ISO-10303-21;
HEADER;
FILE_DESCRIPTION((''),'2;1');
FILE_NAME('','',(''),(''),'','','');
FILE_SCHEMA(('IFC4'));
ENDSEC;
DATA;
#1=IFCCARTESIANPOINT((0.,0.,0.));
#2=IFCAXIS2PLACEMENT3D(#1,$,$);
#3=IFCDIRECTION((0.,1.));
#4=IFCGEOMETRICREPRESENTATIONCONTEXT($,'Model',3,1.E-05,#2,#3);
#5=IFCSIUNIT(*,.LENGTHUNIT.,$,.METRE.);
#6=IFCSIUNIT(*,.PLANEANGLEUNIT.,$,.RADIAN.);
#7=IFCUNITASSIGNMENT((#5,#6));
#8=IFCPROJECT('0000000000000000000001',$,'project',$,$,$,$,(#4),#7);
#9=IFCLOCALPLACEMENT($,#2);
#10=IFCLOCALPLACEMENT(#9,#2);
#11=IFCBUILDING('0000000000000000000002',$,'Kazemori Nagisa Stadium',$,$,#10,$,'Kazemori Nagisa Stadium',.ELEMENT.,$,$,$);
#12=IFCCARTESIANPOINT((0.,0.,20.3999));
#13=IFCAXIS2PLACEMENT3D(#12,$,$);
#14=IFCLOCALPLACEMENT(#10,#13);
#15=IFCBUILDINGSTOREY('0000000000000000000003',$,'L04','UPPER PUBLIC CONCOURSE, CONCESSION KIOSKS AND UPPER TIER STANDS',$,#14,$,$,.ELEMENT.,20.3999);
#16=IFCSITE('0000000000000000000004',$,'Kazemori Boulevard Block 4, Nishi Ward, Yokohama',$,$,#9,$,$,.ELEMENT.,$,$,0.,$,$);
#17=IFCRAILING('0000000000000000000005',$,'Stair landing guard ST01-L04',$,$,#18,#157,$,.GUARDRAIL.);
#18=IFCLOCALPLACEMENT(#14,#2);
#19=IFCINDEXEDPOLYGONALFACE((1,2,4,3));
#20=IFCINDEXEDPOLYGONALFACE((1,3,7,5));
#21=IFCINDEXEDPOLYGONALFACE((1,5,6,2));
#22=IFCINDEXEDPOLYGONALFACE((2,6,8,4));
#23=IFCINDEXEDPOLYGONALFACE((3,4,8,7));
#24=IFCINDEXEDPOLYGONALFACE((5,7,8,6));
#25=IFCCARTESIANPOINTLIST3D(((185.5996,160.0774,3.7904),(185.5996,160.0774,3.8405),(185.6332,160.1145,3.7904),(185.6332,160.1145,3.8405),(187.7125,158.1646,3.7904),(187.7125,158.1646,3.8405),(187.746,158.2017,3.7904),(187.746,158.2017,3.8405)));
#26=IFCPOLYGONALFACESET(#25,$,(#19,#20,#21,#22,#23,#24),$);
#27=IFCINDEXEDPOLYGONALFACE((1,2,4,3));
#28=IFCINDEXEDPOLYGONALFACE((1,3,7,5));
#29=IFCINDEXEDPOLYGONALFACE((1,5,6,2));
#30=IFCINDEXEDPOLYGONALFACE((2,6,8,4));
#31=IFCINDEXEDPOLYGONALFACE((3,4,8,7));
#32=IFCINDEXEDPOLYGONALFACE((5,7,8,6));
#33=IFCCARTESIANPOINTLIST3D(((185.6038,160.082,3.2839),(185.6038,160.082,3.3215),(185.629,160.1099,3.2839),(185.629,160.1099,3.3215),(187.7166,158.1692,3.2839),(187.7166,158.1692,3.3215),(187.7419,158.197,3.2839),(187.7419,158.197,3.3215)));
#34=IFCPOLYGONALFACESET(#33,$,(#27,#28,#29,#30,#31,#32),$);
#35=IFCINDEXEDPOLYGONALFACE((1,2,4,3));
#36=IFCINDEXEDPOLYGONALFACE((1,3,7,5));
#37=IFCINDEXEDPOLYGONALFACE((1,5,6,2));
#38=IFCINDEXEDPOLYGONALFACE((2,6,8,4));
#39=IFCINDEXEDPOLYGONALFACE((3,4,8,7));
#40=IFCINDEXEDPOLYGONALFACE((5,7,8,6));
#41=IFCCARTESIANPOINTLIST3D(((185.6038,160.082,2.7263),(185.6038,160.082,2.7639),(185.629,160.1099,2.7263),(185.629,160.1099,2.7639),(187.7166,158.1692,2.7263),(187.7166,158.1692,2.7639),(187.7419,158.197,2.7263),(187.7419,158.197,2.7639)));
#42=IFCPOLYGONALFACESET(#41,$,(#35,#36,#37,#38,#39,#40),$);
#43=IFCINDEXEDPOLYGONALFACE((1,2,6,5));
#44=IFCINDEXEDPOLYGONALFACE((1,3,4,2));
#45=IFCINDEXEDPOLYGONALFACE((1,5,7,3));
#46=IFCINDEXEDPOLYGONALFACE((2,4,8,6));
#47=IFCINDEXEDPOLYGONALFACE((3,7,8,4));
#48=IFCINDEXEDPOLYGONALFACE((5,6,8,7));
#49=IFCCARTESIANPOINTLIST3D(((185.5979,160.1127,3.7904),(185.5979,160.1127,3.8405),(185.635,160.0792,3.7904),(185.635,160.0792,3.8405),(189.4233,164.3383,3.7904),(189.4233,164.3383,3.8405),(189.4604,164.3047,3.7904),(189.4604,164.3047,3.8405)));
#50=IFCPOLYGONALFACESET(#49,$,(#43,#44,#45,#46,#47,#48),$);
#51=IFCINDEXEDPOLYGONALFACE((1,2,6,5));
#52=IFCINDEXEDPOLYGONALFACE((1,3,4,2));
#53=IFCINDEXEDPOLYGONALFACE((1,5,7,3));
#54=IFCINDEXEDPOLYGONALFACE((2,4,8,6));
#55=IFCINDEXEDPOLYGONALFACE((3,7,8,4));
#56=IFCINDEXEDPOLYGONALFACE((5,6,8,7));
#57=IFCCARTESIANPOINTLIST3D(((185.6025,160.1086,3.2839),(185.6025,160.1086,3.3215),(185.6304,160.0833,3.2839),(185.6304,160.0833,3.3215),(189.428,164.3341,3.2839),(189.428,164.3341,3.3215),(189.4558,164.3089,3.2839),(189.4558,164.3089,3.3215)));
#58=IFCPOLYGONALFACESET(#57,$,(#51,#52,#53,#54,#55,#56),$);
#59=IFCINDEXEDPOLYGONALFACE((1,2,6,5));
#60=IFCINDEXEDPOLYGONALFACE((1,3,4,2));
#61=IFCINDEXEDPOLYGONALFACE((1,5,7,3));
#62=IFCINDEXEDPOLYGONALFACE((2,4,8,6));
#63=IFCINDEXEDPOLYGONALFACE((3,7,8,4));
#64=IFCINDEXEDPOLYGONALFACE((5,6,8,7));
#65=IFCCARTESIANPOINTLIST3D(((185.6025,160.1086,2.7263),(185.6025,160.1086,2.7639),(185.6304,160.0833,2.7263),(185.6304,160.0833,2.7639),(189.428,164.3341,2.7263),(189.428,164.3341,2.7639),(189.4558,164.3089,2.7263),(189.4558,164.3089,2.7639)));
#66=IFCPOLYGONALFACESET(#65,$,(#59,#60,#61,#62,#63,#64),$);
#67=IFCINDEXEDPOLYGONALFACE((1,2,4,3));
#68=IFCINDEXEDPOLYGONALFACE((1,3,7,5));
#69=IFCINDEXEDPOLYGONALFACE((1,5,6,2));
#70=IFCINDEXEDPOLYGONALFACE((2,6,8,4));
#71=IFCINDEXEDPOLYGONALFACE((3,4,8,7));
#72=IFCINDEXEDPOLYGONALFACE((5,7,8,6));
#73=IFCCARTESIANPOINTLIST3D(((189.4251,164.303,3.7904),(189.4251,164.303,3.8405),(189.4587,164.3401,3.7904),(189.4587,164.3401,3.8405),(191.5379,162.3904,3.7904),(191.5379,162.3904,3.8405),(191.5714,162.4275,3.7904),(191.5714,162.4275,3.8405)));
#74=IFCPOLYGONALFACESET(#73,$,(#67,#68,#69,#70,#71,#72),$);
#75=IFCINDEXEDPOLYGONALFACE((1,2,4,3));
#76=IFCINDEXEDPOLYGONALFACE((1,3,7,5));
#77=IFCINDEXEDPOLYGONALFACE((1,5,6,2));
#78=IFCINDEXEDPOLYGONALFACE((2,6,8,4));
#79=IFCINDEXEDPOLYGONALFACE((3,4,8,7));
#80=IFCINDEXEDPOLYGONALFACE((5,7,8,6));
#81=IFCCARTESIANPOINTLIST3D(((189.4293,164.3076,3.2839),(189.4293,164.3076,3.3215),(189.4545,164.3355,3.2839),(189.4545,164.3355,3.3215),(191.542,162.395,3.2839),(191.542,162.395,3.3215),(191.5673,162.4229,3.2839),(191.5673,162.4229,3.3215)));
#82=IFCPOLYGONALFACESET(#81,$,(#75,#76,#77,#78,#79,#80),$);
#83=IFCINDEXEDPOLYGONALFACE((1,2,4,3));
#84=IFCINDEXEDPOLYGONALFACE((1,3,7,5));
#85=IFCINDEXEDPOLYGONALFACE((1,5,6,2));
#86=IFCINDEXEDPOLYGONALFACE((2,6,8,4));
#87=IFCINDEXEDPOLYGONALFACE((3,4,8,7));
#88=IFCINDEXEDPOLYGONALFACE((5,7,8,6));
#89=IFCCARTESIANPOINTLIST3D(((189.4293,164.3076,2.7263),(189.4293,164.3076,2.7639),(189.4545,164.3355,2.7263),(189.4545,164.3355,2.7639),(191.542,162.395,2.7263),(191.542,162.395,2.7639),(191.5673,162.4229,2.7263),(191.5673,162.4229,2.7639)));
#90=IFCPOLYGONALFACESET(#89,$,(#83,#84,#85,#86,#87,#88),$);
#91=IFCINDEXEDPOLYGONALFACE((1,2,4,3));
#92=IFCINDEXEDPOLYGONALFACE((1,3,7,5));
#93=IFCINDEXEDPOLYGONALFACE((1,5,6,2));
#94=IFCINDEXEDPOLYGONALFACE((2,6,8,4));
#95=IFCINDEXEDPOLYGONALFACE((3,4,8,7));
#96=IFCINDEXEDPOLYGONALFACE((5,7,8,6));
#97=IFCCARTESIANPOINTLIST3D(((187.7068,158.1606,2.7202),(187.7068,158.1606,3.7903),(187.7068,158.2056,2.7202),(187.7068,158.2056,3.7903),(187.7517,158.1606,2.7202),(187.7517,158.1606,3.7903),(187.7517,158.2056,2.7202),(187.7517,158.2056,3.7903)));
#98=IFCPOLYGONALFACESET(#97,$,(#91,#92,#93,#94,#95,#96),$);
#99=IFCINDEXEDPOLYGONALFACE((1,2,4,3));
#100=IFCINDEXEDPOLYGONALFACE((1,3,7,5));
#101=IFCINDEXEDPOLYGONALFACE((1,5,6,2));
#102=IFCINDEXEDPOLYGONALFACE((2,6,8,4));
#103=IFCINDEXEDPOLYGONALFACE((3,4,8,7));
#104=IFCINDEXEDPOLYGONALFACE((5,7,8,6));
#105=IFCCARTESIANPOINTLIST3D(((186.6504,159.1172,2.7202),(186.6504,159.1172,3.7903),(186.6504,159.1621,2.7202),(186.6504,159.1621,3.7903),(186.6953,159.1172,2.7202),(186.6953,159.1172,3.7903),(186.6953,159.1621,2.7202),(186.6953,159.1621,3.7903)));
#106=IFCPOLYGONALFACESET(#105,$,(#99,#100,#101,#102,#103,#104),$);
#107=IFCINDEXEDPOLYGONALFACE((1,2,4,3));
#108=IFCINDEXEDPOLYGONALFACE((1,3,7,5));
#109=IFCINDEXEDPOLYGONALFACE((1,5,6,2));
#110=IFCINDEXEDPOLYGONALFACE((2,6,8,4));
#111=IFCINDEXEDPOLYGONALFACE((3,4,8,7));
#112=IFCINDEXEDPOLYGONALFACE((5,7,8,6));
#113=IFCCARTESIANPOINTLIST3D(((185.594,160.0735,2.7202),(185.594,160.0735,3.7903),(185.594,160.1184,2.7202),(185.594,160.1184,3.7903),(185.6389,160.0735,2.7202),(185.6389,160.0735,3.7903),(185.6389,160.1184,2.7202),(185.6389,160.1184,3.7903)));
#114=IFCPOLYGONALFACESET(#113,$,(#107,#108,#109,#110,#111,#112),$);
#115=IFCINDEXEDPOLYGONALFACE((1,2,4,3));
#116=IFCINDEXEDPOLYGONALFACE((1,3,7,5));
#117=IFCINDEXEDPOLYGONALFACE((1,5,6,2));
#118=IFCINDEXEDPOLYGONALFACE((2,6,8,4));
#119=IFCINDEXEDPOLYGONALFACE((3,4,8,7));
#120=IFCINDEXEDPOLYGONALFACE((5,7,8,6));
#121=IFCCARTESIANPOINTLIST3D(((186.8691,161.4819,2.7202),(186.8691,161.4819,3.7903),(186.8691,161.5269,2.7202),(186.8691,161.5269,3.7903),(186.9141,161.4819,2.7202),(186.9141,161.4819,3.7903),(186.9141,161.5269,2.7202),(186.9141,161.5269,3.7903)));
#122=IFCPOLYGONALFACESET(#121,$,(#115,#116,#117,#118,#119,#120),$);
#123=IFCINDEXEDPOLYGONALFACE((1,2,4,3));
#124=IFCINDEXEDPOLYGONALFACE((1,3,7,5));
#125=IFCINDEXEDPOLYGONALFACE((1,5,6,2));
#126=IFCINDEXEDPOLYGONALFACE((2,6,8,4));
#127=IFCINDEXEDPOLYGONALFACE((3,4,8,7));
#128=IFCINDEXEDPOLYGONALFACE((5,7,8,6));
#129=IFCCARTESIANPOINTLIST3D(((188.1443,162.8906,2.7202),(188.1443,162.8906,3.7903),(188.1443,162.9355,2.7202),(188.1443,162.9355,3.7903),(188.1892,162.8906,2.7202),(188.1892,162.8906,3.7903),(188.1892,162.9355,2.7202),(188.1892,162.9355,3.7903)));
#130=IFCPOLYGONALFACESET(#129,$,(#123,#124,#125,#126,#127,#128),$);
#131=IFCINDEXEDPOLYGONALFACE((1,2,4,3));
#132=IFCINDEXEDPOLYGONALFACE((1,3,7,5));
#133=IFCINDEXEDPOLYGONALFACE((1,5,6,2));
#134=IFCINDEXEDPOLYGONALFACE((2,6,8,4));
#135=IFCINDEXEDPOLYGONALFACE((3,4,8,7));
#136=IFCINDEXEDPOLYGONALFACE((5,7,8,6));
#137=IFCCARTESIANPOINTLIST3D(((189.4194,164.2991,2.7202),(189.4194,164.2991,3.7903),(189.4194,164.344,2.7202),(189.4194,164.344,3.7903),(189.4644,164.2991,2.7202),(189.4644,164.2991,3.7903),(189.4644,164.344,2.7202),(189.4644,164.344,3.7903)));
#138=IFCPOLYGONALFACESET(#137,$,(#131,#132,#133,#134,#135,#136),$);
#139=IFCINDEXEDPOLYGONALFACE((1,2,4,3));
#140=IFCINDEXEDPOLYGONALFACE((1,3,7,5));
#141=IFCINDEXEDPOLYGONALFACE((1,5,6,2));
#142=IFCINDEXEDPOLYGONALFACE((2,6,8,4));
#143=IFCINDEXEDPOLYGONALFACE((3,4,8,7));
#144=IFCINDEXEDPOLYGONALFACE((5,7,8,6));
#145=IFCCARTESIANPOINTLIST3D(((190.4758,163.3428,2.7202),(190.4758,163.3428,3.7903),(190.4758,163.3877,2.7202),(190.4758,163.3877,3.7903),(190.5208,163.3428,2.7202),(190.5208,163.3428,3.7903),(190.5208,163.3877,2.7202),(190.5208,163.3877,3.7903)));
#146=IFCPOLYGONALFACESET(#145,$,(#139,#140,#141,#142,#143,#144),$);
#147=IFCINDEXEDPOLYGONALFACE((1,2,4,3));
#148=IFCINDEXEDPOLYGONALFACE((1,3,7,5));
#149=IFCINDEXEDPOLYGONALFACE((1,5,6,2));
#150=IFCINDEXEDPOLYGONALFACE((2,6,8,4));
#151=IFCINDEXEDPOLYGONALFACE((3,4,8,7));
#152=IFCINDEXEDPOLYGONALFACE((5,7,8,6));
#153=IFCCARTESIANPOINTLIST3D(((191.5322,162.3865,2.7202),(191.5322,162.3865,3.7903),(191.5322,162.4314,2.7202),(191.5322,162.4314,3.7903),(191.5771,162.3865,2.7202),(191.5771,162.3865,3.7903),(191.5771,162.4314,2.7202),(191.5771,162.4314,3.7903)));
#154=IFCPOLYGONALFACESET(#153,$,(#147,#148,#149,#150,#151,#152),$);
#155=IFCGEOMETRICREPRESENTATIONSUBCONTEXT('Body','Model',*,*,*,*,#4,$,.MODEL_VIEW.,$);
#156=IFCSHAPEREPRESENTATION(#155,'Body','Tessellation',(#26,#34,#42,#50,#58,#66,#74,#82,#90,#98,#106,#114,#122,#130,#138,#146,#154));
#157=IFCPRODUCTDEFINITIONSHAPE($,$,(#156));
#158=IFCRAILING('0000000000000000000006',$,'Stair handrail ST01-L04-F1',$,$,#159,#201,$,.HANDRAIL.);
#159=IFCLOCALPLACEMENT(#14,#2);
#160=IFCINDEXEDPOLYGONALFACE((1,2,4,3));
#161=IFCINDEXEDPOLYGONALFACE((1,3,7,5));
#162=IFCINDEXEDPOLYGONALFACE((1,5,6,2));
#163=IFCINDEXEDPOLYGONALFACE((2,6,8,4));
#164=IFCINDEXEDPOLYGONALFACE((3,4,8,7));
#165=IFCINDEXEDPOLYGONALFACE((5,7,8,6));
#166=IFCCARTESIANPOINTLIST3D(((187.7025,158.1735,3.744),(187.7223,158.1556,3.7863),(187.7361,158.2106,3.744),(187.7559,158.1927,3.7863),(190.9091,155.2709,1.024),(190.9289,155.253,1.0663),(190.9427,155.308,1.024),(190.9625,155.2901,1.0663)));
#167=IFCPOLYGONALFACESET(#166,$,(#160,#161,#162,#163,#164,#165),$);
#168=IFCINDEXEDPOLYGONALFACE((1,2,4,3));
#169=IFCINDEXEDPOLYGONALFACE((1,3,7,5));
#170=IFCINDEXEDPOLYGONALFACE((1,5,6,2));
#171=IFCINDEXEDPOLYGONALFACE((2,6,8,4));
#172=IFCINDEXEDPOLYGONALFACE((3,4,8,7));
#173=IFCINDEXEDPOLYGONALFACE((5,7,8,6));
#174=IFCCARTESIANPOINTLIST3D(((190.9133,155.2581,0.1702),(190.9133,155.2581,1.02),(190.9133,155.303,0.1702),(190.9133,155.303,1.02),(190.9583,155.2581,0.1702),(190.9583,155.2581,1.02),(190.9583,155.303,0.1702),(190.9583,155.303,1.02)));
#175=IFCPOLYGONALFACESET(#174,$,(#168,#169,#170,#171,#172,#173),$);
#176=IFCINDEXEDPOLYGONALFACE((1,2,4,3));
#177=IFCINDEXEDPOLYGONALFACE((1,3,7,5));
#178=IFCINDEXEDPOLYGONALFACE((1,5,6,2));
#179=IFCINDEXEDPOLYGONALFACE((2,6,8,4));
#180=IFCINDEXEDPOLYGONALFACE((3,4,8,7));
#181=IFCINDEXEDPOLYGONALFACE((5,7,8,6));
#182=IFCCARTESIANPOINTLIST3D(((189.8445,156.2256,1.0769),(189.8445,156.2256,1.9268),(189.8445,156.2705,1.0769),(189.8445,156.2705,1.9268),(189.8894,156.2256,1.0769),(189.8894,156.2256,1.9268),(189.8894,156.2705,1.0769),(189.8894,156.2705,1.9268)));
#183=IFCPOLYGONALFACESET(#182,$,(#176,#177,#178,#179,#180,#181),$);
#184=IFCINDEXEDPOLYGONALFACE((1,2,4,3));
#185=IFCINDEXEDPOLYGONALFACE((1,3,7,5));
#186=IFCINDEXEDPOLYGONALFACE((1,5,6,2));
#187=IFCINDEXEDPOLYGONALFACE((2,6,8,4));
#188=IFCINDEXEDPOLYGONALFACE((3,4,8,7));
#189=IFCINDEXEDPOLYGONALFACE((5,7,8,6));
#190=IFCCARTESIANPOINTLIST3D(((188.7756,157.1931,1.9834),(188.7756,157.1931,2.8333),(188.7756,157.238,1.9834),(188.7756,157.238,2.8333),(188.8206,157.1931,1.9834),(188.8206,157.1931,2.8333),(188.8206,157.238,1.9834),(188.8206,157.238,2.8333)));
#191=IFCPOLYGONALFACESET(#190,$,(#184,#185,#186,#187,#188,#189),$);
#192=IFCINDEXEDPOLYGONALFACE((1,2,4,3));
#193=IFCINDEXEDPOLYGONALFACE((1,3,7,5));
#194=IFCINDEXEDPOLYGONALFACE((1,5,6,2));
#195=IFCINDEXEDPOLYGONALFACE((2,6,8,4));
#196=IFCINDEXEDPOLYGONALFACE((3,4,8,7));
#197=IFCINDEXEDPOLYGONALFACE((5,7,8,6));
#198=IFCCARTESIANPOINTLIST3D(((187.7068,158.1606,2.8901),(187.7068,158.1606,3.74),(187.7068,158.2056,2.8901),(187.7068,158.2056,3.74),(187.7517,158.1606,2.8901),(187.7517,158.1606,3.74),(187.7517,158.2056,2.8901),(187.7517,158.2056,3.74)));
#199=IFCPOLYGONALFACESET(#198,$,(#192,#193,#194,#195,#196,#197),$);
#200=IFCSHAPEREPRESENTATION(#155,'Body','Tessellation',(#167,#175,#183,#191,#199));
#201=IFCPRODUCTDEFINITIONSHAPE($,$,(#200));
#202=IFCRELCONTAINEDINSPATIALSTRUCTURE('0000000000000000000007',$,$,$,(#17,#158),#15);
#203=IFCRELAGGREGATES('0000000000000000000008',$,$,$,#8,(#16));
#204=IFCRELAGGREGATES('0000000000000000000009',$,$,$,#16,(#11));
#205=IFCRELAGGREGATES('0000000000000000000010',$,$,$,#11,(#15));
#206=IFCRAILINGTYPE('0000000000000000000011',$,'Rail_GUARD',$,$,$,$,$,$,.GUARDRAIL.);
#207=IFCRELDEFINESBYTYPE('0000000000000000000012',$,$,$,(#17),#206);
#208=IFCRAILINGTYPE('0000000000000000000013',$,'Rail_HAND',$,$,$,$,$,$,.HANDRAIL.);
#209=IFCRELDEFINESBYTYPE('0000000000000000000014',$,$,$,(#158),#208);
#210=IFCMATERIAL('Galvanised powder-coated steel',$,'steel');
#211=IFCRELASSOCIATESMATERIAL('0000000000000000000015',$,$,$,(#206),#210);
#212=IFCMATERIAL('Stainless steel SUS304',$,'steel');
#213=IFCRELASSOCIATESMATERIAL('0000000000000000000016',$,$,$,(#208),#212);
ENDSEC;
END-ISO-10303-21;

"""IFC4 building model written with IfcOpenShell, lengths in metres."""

from ifc_helpers import new_model, si_unit, direction, frame, origin, origin_2d, place, context, subcontext, project, spatial, rectangle, extrude, material, type_object, element, save


model = new_model("IFC4")

# Units and contexts
model_context = context("Model", 3, precision=1e-05, world=origin(), true_north=direction((0.0, 1.0)))
body_context = subcontext(model_context, "Body", "Model", "MODEL_VIEW")
ifc_project = project(units=[si_unit("LENGTHUNIT", "METRE"), si_unit("PLANEANGLEUNIT", "RADIAN")], contexts=[model_context])

# Site, building, storey
site_placement = place(None, origin())
site = spatial("IfcSite", under=ifc_project, at=site_placement, Name="Kazemori Boulevard Block 4, Nishi Ward, Yokohama", CompositionType="ELEMENT", RefElevation=0.0)
building_placement = place(site_placement, origin())
building = spatial("IfcBuilding", under=site, at=building_placement, Name="Kazemori Nagisa Stadium", LongName="Kazemori Nagisa Stadium", CompositionType="ELEMENT")
storey_placement = place(building_placement, frame((0.0, 0.0, 20.3999)))
storey = spatial("IfcBuildingStorey", under=building, at=storey_placement, Name="L04", Description="UPPER PUBLIC CONCOURSE, CONCESSION KIOSKS AND UPPER TIER STANDS", CompositionType="ELEMENT", Elevation=20.3999)

# Railings
ifc_material_1 = material(Name="Galvanised powder-coated steel", Category="steel")
railing_type_1 = type_object("IfcRailingType", Name="Rail_GUARD", PredefinedType="GUARDRAIL", material=ifc_material_1)
railing_1_placement = place(storey_placement, frame((187.7292, 158.1831, 2.7202)))
element("IfcRailing", 1, at=railing_1_placement, inside=storey, type_object=railing_type_1, Name="Stair landing guard ST01-L04", PredefinedType="GUARDRAIL", context=body_context, shape_type="SweptSolid", body=[
    extrude(rectangle(XDim=0.05, YDim=0.05, at=origin_2d()), frame((0.0, 0.0, 1.0952), z_axis=(-0.741315, 0.671158, 0.0), x_axis=(-0.671158, -0.741315, 0.0)), (0.0, 0.0, 1.0), 2.8501),
    extrude(rectangle(XDim=0.0376, YDim=0.0376, at=origin_2d()), frame((0.0, 0.0, 0.5825), z_axis=(-0.741315, 0.671158, 0.0), x_axis=(-0.671158, -0.741315, 0.0)), (0.0, 0.0, 1.0), 2.8501),
    extrude(rectangle(XDim=0.0376, YDim=0.0376, at=origin_2d()), frame((0.0, 0.0, 0.0249), z_axis=(-0.741315, 0.671158, 0.0), x_axis=(-0.671158, -0.741315, 0.0)), (0.0, 0.0, 1.0), 2.8501),
    extrude(rectangle(XDim=0.05, YDim=0.05, at=origin_2d()), frame((-2.1128, 1.9128, 1.0952), z_axis=(0.671134, 0.741336, 0.0), x_axis=(-0.741336, 0.671134, 0.0)), (0.0, 0.0, 1.0), 5.7),
    extrude(rectangle(XDim=0.0376, YDim=0.0376, at=origin_2d()), frame((-2.1128, 1.9128, 0.5825), z_axis=(0.671134, 0.741336, 0.0), x_axis=(-0.741336, 0.671134, 0.0)), (0.0, 0.0, 1.0), 5.7),
    extrude(rectangle(XDim=0.0376, YDim=0.0376, at=origin_2d()), frame((-2.1128, 1.9128, 0.0249), z_axis=(0.671134, 0.741336, 0.0), x_axis=(-0.741336, 0.671134, 0.0)), (0.0, 0.0, 1.0), 5.7),
    extrude(rectangle(XDim=0.05, YDim=0.05, at=origin_2d()), frame((1.7126, 6.1384, 1.0952), z_axis=(0.741357, -0.671111, 0.0), x_axis=(0.671111, 0.741357, 0.0)), (0.0, 0.0, 1.0), 2.8499),
    extrude(rectangle(XDim=0.0376, YDim=0.0376, at=origin_2d()), frame((1.7126, 6.1384, 0.5825), z_axis=(0.741357, -0.671111, 0.0), x_axis=(0.671111, 0.741357, 0.0)), (0.0, 0.0, 1.0), 2.8499),
    extrude(rectangle(XDim=0.0376, YDim=0.0376, at=origin_2d()), frame((1.7126, 6.1384, 0.0249), z_axis=(0.741357, -0.671111, 0.0), x_axis=(0.671111, 0.741357, 0.0)), (0.0, 0.0, 1.0), 2.8499),
    extrude(rectangle(XDim=0.0449, YDim=0.0449, at=origin_2d()), origin(), (0.0, 0.0, 1.0), 1.0701),
    extrude(rectangle(XDim=0.0449, YDim=0.0449, at=origin_2d()), frame((-1.0564, 0.9565, 0.0)), (0.0, 0.0, 1.0), 1.0701),
    extrude(rectangle(XDim=0.0449, YDim=0.0449, at=origin_2d()), frame((-2.1128, 1.9128, 0.0)), (0.0, 0.0, 1.0), 1.0701),
    extrude(rectangle(XDim=0.0449, YDim=0.0449, at=origin_2d()), frame((-0.8376, 3.3213, 0.0)), (0.0, 0.0, 1.0), 1.0701),
    extrude(rectangle(XDim=0.0449, YDim=0.0449, at=origin_2d()), frame((0.4375, 4.73, 0.0)), (0.0, 0.0, 1.0), 1.0701),
    extrude(rectangle(XDim=0.0449, YDim=0.0449, at=origin_2d()), frame((1.7126, 6.1384, 0.0)), (0.0, 0.0, 1.0), 1.0701),
    extrude(rectangle(XDim=0.0449, YDim=0.0449, at=origin_2d()), frame((2.769, 5.1821, 0.0)), (0.0, 0.0, 1.0), 1.0701),
    extrude(rectangle(XDim=0.0449, YDim=0.0449, at=origin_2d()), frame((3.8254, 4.2258, 0.0)), (0.0, 0.0, 1.0), 1.0701),
])
ifc_material_2 = material(Name="Stainless steel SUS304", Category="steel")
railing_type_2 = type_object("IfcRailingType", Name="Rail_HAND", PredefinedType="HANDRAIL", material=ifc_material_2)
railing_2_placement = place(storey_placement, frame((190.9358, 155.2805, 0.1702)))
element("IfcRailing", 2, at=railing_2_placement, inside=storey, type_object=railing_type_2, Name="Stair handrail ST01-L04-F1", PredefinedType="HANDRAIL", context=body_context, shape_type="SweptSolid", body=[
    extrude(rectangle(XDim=0.05, YDim=0.05, at=origin_2d()), frame((0.0, 0.0, 0.875), z_axis=(-0.627587, 0.568096, 0.532354), x_axis=(-0.671095, -0.741371, 0.0)), (0.0, 0.0, 1.0), 5.1094),
    extrude(rectangle(XDim=0.0449, YDim=0.0449, at=origin_2d()), origin(), (0.0, 0.0, 1.0), 0.8499),
    extrude(rectangle(XDim=0.0449, YDim=0.0449, at=origin_2d()), frame((-1.0688, 0.9675, 0.9067)), (0.0, 0.0, 1.0), 0.8499),
    extrude(rectangle(XDim=0.0449, YDim=0.0449, at=origin_2d()), frame((-2.1377, 1.9351, 1.8132)), (0.0, 0.0, 1.0), 0.8499),
    extrude(rectangle(XDim=0.0449, YDim=0.0449, at=origin_2d()), frame((-3.2065, 2.9026, 2.72)), (0.0, 0.0, 1.0), 0.8499),
])

save(model, "model.ifc")
